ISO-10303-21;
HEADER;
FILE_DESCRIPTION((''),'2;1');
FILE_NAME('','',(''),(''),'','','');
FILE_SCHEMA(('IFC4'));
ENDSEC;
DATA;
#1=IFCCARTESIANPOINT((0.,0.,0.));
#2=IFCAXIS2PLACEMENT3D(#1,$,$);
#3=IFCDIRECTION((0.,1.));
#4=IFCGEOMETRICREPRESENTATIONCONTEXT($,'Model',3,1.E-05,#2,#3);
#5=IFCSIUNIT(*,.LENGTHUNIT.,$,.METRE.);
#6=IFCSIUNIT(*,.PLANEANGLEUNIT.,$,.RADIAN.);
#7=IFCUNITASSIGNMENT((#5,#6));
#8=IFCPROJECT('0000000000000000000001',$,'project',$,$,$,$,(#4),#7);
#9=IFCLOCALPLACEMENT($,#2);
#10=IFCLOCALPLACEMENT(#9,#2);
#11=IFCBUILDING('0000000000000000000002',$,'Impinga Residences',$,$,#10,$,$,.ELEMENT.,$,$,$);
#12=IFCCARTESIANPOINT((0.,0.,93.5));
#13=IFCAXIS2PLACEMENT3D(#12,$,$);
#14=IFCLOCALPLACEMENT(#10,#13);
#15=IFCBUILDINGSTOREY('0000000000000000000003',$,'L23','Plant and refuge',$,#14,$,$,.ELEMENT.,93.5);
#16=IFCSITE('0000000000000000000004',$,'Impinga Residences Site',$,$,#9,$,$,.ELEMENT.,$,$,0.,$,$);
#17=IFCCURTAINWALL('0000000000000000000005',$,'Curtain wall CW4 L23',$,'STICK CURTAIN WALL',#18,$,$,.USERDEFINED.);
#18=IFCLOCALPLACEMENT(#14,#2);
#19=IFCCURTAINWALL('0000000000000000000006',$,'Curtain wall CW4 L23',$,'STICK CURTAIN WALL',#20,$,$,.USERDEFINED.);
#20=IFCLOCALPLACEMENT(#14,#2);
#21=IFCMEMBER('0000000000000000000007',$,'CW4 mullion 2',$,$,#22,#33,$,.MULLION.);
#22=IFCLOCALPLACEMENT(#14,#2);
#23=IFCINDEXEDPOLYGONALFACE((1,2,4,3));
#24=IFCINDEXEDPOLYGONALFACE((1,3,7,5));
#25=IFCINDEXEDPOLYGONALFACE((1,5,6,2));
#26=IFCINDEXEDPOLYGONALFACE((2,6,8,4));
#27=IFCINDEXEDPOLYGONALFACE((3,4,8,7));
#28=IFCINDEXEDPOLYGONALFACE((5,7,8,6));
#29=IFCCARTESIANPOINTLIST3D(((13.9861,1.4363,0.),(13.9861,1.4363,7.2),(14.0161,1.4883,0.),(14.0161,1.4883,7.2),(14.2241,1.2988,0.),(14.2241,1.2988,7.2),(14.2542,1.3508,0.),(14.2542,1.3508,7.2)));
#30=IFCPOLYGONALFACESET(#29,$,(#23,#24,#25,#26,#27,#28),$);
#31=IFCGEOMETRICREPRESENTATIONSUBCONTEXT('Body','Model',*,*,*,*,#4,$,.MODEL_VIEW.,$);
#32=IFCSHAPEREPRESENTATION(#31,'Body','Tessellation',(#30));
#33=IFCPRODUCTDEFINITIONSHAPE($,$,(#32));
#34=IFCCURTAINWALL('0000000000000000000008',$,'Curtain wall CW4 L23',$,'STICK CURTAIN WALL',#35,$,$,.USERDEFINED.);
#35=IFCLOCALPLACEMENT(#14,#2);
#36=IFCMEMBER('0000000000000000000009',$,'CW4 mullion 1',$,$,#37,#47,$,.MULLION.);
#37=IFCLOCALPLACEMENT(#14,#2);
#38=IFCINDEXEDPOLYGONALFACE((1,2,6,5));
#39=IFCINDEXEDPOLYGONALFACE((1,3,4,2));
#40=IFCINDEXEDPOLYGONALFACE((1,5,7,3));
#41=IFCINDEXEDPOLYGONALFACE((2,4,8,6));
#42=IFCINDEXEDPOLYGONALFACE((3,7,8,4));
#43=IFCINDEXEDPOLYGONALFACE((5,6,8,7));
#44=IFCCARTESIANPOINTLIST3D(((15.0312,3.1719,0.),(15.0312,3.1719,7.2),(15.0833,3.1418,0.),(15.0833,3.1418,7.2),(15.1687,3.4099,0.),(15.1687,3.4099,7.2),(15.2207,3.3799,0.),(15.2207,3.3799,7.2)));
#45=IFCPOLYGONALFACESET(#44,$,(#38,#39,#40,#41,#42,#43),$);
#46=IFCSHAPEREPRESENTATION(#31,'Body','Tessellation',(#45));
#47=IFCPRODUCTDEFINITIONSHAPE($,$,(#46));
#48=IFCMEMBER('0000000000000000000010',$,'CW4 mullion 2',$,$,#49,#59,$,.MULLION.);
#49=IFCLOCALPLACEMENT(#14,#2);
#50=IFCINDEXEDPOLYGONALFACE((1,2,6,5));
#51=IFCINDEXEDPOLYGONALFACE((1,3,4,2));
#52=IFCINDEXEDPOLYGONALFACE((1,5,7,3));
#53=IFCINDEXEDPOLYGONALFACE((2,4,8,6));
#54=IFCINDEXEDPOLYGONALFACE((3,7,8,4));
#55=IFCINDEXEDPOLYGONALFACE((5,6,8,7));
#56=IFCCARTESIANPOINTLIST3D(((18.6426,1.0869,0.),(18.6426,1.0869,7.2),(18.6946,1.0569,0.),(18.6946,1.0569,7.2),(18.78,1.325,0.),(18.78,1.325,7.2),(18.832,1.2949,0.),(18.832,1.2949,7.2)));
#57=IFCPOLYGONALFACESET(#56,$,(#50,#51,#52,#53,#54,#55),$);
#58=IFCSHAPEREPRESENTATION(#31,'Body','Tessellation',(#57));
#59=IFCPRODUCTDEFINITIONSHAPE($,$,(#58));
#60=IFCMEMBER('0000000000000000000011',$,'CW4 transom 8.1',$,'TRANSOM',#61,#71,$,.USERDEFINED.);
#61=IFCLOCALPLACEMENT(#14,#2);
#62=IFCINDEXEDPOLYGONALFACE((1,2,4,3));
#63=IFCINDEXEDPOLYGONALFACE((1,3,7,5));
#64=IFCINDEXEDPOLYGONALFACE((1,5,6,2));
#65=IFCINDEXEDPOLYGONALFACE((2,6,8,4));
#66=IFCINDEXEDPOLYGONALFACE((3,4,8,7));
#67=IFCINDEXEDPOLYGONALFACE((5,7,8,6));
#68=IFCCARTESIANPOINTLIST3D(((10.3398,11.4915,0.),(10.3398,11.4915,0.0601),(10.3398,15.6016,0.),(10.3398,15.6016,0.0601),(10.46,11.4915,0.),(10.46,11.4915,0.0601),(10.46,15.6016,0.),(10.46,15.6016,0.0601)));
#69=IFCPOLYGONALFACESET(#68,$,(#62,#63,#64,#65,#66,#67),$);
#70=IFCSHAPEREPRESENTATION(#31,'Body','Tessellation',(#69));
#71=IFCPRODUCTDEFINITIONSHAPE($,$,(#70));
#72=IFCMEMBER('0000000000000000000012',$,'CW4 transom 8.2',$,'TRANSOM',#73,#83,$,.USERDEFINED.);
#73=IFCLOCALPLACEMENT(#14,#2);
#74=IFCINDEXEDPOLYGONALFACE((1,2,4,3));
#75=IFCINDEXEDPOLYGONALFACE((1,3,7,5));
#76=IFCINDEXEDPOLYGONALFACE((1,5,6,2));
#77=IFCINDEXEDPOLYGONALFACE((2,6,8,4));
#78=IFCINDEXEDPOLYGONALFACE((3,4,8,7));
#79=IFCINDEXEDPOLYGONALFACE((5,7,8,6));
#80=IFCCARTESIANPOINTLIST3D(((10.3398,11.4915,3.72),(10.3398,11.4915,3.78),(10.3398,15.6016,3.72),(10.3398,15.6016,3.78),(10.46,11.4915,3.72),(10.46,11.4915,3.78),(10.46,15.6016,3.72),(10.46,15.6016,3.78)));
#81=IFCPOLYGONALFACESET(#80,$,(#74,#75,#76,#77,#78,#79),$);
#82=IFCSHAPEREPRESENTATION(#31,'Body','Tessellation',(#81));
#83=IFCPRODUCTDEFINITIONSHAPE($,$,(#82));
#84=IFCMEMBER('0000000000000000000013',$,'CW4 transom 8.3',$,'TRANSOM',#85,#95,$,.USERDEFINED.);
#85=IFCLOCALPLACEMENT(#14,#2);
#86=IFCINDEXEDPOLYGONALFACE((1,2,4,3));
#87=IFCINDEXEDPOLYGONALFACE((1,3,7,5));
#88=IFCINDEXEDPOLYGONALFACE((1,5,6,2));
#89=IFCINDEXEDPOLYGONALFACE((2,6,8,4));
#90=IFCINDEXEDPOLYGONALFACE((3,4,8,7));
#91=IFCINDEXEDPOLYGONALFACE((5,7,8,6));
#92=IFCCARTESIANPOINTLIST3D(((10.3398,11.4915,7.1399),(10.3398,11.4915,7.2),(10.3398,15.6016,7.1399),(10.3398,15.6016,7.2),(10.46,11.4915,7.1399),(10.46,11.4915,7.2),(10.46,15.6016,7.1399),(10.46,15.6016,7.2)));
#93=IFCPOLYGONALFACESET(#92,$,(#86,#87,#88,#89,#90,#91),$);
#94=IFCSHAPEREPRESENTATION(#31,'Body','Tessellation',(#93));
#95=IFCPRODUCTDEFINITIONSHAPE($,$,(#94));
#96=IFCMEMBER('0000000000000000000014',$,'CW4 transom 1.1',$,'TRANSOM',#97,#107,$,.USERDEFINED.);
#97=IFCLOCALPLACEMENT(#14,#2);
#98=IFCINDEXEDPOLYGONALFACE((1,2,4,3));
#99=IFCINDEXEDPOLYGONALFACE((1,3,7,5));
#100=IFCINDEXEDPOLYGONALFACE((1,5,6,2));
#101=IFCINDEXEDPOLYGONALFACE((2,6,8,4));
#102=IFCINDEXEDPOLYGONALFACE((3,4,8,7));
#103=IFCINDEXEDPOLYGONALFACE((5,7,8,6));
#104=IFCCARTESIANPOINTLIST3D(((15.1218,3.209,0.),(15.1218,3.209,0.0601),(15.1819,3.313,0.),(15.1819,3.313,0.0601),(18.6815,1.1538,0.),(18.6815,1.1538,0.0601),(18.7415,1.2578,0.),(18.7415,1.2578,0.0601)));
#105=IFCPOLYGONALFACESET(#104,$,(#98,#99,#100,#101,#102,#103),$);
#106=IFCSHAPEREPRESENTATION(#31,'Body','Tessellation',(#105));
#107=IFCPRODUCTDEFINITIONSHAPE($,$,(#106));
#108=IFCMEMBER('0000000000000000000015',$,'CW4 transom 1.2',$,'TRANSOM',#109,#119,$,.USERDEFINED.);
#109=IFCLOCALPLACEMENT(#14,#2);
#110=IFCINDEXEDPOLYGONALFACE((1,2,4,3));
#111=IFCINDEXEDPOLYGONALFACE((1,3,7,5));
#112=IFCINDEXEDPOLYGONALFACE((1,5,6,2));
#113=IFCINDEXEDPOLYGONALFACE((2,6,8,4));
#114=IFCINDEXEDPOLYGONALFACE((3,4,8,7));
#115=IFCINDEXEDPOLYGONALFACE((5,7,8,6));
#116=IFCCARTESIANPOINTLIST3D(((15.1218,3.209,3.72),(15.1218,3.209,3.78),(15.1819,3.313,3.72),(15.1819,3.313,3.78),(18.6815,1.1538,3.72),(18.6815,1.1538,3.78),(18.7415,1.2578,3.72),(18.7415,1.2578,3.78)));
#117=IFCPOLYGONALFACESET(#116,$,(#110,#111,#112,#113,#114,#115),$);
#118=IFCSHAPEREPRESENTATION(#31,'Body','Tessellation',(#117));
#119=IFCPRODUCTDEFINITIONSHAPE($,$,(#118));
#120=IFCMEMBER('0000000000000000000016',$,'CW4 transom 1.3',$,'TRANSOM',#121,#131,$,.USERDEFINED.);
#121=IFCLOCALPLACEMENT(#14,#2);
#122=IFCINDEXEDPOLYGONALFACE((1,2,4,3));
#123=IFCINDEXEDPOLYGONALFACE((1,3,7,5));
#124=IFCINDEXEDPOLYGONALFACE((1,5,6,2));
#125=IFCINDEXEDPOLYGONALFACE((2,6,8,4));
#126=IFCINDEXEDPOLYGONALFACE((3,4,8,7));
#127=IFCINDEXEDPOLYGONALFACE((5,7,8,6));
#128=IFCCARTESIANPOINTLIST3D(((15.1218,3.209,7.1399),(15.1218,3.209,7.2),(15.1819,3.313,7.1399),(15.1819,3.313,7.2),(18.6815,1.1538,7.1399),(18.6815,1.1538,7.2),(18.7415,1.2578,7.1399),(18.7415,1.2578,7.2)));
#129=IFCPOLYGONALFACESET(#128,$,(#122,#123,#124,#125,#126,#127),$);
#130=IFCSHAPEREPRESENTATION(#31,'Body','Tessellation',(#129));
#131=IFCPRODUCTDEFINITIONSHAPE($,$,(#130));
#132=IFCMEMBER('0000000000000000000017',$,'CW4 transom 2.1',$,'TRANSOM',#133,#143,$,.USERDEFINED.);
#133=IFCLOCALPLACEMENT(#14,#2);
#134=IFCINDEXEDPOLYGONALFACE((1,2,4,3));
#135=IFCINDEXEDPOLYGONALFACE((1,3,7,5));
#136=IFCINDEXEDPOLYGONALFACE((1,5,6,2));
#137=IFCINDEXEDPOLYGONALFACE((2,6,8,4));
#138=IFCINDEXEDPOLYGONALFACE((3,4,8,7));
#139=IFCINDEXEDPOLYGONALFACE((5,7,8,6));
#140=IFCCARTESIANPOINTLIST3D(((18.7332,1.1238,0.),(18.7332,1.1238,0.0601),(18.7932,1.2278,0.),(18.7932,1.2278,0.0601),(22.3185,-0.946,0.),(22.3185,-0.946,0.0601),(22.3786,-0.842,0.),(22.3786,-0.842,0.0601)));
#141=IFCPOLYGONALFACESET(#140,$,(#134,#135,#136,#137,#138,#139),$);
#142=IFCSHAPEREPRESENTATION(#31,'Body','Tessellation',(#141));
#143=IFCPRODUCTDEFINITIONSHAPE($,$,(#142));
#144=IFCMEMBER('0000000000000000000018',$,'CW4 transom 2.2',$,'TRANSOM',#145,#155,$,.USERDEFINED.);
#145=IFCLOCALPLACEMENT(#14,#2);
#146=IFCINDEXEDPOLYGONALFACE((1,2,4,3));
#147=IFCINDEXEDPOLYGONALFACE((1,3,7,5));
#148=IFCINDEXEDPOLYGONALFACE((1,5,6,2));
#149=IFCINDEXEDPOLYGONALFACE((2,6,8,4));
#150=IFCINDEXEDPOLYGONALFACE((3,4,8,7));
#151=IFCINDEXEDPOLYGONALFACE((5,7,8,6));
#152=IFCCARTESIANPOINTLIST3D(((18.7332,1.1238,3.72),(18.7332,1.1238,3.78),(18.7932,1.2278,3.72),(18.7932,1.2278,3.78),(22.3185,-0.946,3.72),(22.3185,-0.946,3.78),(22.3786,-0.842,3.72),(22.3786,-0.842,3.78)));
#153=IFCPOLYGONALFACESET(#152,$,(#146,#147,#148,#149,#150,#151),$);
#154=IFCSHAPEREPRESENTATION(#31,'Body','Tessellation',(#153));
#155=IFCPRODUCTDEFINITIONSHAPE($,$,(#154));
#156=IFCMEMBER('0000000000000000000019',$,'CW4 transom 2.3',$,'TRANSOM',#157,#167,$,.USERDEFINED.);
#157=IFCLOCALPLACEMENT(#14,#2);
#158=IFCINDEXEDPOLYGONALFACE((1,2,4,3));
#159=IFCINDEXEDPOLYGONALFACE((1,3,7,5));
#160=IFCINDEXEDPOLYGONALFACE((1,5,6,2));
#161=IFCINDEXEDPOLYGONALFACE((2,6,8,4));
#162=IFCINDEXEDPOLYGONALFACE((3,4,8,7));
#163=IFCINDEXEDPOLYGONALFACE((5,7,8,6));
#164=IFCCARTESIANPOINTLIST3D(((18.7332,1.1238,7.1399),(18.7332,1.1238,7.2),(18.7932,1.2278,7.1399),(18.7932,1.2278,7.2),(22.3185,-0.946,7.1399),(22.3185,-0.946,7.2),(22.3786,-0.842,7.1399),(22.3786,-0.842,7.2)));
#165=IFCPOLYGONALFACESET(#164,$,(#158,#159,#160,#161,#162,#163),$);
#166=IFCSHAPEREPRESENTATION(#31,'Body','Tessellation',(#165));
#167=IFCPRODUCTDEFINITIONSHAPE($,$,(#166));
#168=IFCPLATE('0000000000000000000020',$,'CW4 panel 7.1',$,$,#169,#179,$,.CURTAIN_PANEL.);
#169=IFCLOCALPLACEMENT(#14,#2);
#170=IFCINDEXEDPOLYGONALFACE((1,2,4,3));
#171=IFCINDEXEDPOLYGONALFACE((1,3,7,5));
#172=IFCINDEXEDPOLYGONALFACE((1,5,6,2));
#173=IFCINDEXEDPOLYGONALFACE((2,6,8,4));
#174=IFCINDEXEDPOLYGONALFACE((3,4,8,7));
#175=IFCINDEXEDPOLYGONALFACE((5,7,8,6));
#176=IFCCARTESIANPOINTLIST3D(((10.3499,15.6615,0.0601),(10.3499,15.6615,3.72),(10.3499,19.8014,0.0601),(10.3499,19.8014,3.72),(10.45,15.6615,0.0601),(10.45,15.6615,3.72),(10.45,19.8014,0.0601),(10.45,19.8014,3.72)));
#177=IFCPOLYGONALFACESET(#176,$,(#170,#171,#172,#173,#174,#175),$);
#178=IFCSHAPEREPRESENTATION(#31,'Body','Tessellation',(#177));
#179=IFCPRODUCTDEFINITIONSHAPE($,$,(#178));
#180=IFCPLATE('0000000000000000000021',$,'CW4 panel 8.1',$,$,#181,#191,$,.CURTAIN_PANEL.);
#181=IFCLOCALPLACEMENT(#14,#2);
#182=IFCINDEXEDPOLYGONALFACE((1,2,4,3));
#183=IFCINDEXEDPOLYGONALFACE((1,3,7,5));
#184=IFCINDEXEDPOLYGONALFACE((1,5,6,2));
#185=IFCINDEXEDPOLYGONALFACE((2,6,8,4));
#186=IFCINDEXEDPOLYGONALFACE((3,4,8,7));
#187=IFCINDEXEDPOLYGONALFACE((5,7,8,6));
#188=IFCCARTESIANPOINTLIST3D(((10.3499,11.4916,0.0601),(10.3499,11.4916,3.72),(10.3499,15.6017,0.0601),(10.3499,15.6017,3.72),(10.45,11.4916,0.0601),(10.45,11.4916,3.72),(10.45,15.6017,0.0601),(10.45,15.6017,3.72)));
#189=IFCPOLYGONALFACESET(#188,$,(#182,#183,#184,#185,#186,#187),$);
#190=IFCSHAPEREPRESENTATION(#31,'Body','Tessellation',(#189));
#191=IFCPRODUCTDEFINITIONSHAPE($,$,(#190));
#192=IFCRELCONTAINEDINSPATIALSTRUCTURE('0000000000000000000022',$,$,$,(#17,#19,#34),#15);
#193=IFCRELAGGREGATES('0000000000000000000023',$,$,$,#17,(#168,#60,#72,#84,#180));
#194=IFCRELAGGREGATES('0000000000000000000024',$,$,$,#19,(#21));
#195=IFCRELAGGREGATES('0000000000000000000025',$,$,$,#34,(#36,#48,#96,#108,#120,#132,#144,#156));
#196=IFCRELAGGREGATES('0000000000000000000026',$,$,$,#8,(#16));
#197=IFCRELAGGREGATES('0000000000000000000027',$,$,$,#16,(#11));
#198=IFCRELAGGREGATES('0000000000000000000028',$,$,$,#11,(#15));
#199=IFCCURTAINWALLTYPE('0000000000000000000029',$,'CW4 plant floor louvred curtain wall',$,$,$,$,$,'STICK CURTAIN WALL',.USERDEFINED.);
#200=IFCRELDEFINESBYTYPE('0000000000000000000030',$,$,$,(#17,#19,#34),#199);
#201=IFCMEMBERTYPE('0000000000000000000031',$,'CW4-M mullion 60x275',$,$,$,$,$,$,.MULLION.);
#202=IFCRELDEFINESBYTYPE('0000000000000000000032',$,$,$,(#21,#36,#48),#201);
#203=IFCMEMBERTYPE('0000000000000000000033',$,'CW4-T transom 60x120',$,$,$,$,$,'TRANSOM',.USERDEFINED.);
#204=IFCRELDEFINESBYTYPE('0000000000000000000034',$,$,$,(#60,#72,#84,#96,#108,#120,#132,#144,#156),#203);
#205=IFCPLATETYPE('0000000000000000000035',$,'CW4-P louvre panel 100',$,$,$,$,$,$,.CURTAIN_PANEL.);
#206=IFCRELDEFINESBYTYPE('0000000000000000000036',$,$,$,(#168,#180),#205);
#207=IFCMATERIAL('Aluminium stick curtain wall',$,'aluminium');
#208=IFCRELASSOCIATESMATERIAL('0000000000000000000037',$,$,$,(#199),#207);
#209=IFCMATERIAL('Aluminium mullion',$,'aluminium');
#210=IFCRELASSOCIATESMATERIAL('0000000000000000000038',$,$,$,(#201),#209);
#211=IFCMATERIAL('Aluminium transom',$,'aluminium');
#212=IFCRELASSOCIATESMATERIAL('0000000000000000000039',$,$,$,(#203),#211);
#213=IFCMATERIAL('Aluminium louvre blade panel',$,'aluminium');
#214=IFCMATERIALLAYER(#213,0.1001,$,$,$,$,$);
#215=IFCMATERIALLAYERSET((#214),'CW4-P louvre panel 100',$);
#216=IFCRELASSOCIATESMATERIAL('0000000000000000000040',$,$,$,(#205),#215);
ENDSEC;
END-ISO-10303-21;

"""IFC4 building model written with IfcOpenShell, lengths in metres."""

from ifc_helpers import new_model, si_unit, direction, frame, origin, origin_2d, place, context, subcontext, project, spatial, rectangle, extrude, material, layer, layer_set, material_profile, profile_set, type_object, element, aggregate, save


model = new_model("IFC4")

# Units and contexts
model_context = context("Model", 3, precision=1e-05, world=origin(), true_north=direction((0.0, 1.0)))
body_context = subcontext(model_context, "Body", "Model", "MODEL_VIEW")
ifc_project = project(units=[si_unit("LENGTHUNIT", "METRE"), si_unit("PLANEANGLEUNIT", "RADIAN")], contexts=[model_context])

# Site, building, storey
site_placement = place(None, origin())
site = spatial("IfcSite", under=ifc_project, at=site_placement, Name="Impinga Residences Site", CompositionType="ELEMENT", RefElevation=0.0)
building_placement = place(site_placement, origin())
building = spatial("IfcBuilding", under=site, at=building_placement, Name="Impinga Residences", CompositionType="ELEMENT")
storey_placement = place(building_placement, frame((0.0, 0.0, 93.5)))
storey = spatial("IfcBuildingStorey", under=building, at=storey_placement, Name="L23", Description="Plant and refuge", CompositionType="ELEMENT", Elevation=93.5)

# Curtain walls, member
ifc_material_1 = material(Name="Aluminium stick curtain wall", Category="aluminium")
curtain_wall_type = type_object("IfcCurtainWallType", Name="CW4 plant floor louvred curtain wall", ElementType="STICK CURTAIN WALL", PredefinedType="USERDEFINED", material=ifc_material_1)
curtain_wall_1_placement = place(storey_placement, origin())
curtain_wall_1 = element("IfcCurtainWall", 1, at=curtain_wall_1_placement, inside=storey, type_object=curtain_wall_type, Name="Curtain wall CW4 L23", ObjectType="STICK CURTAIN WALL", PredefinedType="USERDEFINED")
ifc_material_2 = material(Name="Aluminium mullion", Category="aluminium")
ifc_material_profile_1 = material_profile(ifc_material_2, rectangle(XDim=0.0601, YDim=0.2749, at=origin_2d()), Name="60x275 mullion")
ifc_profile_set_1 = profile_set([ifc_material_profile_1], Name="Aluminium mullion")
member_type_1 = type_object("IfcMemberType", Name="CW4-M mullion 60x275", PredefinedType="MULLION", material=ifc_profile_set_1)
curtain_wall_2_placement = place(storey_placement, origin())
curtain_wall_2 = element("IfcCurtainWall", 2, at=curtain_wall_2_placement, inside=storey, type_object=curtain_wall_type, Name="Curtain wall CW4 L23", ObjectType="STICK CURTAIN WALL", PredefinedType="USERDEFINED")
member_1_placement = place(storey_placement, frame((14.1201, 1.3936, 0.0), z_axis=(0.0, 0.0, 1.0), x_axis=(0.5, 0.866025, 0.0)))
member_1 = element("IfcMember", 3, at=member_1_placement, type_object=member_type_1, Name="CW4 mullion 2", PredefinedType="MULLION", context=body_context, shape_type="SweptSolid", body=[
    extrude(rectangle(XDim=0.0601, YDim=0.2749, at=origin_2d()), origin(), (0.0, 0.0, 1.0), 7.2),
])

# Curtain wall, members
curtain_wall_3_placement = place(storey_placement, origin())
curtain_wall_3 = element("IfcCurtainWall", 4, at=curtain_wall_3_placement, inside=storey, type_object=curtain_wall_type, Name="Curtain wall CW4 L23", ObjectType="STICK CURTAIN WALL", PredefinedType="USERDEFINED")
member_2_placement = place(storey_placement, frame((15.126, 3.2759, 0.0), z_axis=(0.0, 0.0, 1.0), x_axis=(0.866025, -0.5, 0.0)))
member_2 = element("IfcMember", 5, at=member_2_placement, type_object=member_type_1, Name="CW4 mullion 1", PredefinedType="MULLION", context=body_context, shape_type="SweptSolid", body=[
    extrude(rectangle(XDim=0.0601, YDim=0.2749, at=origin_2d()), origin(), (0.0, 0.0, 1.0), 7.2),
])
member_3_placement = place(storey_placement, frame((18.7373, 1.1909, 0.0), z_axis=(0.0, 0.0, 1.0), x_axis=(0.866025, -0.5, 0.0)))
member_3 = element("IfcMember", 6, at=member_3_placement, type_object=member_type_1, Name="CW4 mullion 2", PredefinedType="MULLION", context=body_context, shape_type="SweptSolid", body=[
    extrude(rectangle(XDim=0.0601, YDim=0.2749, at=origin_2d()), origin(), (0.0, 0.0, 1.0), 7.2),
])

# Members
ifc_material_3 = material(Name="Aluminium transom", Category="aluminium")
ifc_material_profile_2 = material_profile(ifc_material_3, rectangle(XDim=0.0601, YDim=0.1201, at=origin_2d()), Name="60x120 transom")
ifc_profile_set_2 = profile_set([ifc_material_profile_2], Name="Aluminium transom")
member_type_2 = type_object("IfcMemberType", Name="CW4-T transom 60x120", ElementType="TRANSOM", PredefinedType="USERDEFINED", material=ifc_profile_set_2)
member_4_placement = place(storey_placement, frame((10.3999, 15.6016, 0.03), z_axis=(0.0, -1.0, 0.0), x_axis=(0.0, 0.0, 1.0)))
member_4 = element("IfcMember", 7, at=member_4_placement, type_object=member_type_2, Name="CW4 transom 8.1", ObjectType="TRANSOM", PredefinedType="USERDEFINED", context=body_context, shape_type="SweptSolid", body=[
    extrude(rectangle(XDim=0.0601, YDim=0.1201, at=origin_2d()), origin(), (0.0, 0.0, 1.0), 4.1101),
])
member_5_placement = place(storey_placement, frame((10.3999, 15.6016, 3.75), z_axis=(0.0, -1.0, 0.0), x_axis=(0.0, 0.0, 1.0)))
member_5 = element("IfcMember", 8, at=member_5_placement, type_object=member_type_2, Name="CW4 transom 8.2", ObjectType="TRANSOM", PredefinedType="USERDEFINED", context=body_context, shape_type="SweptSolid", body=[
    extrude(rectangle(XDim=0.0601, YDim=0.1201, at=origin_2d()), origin(), (0.0, 0.0, 1.0), 4.1101),
])
member_6_placement = place(storey_placement, frame((10.3999, 15.6016, 7.1699), z_axis=(0.0, -1.0, 0.0), x_axis=(0.0, 0.0, 1.0)))
member_6 = element("IfcMember", 9, at=member_6_placement, type_object=member_type_2, Name="CW4 transom 8.3", ObjectType="TRANSOM", PredefinedType="USERDEFINED", context=body_context, shape_type="SweptSolid", body=[
    extrude(rectangle(XDim=0.0601, YDim=0.1201, at=origin_2d()), origin(), (0.0, 0.0, 1.0), 4.1101),
])
member_7_placement = place(storey_placement, frame((15.1519, 3.261, 0.03), z_axis=(0.866019, -0.50001, 0.0), x_axis=(0.0, 0.0, 1.0)))
member_7 = element("IfcMember", 10, at=member_7_placement, type_object=member_type_2, Name="CW4 transom 1.1", ObjectType="TRANSOM", PredefinedType="USERDEFINED", context=body_context, shape_type="SweptSolid", body=[
    extrude(rectangle(XDim=0.0601, YDim=0.1201, at=origin_2d()), origin(), (0.0, 0.0, 1.0), 4.1104),
])
member_8_placement = place(storey_placement, frame((15.1519, 3.261, 3.75), z_axis=(0.866019, -0.50001, 0.0), x_axis=(0.0, 0.0, 1.0)))
member_8 = element("IfcMember", 11, at=member_8_placement, type_object=member_type_2, Name="CW4 transom 1.2", ObjectType="TRANSOM", PredefinedType="USERDEFINED", context=body_context, shape_type="SweptSolid", body=[
    extrude(rectangle(XDim=0.0601, YDim=0.1201, at=origin_2d()), origin(), (0.0, 0.0, 1.0), 4.1104),
])
member_9_placement = place(storey_placement, frame((15.1519, 3.261, 7.1699), z_axis=(0.866019, -0.50001, 0.0), x_axis=(0.0, 0.0, 1.0)))
member_9 = element("IfcMember", 12, at=member_9_placement, type_object=member_type_2, Name="CW4 transom 1.3", ObjectType="TRANSOM", PredefinedType="USERDEFINED", context=body_context, shape_type="SweptSolid", body=[
    extrude(rectangle(XDim=0.0601, YDim=0.1201, at=origin_2d()), origin(), (0.0, 0.0, 1.0), 4.1104),
])
member_10_placement = place(storey_placement, frame((18.7632, 1.1758, 0.03), z_axis=(0.86605, -0.499957, 0.0), x_axis=(0.0, 0.0, 1.0)))
member_10 = element("IfcMember", 13, at=member_10_placement, type_object=member_type_2, Name="CW4 transom 2.1", ObjectType="TRANSOM", PredefinedType="USERDEFINED", context=body_context, shape_type="SweptSolid", body=[
    extrude(rectangle(XDim=0.0601, YDim=0.1201, at=origin_2d()), origin(), (0.0, 0.0, 1.0), 4.1399),
])
member_11_placement = place(storey_placement, frame((18.7632, 1.1758, 3.75), z_axis=(0.86605, -0.499957, 0.0), x_axis=(0.0, 0.0, 1.0)))
member_11 = element("IfcMember", 14, at=member_11_placement, type_object=member_type_2, Name="CW4 transom 2.2", ObjectType="TRANSOM", PredefinedType="USERDEFINED", context=body_context, shape_type="SweptSolid", body=[
    extrude(rectangle(XDim=0.0601, YDim=0.1201, at=origin_2d()), origin(), (0.0, 0.0, 1.0), 4.1399),
])
member_12_placement = place(storey_placement, frame((18.7632, 1.1758, 7.1699), z_axis=(0.86605, -0.499957, 0.0), x_axis=(0.0, 0.0, 1.0)))
member_12 = element("IfcMember", 15, at=member_12_placement, type_object=member_type_2, Name="CW4 transom 2.3", ObjectType="TRANSOM", PredefinedType="USERDEFINED", context=body_context, shape_type="SweptSolid", body=[
    extrude(rectangle(XDim=0.0601, YDim=0.1201, at=origin_2d()), origin(), (0.0, 0.0, 1.0), 4.1399),
])

# Plates
ifc_material_4 = material(Name="Aluminium louvre blade panel", Category="aluminium")
ifc_layer_1 = layer(ifc_material_4, 0.1001)
ifc_layer_set_1 = layer_set([ifc_layer_1], Name="CW4-P louvre panel 100")
plate_type = type_object("IfcPlateType", Name="CW4-P louvre panel 100", PredefinedType="CURTAIN_PANEL", material=ifc_layer_set_1)
plate_1_placement = place(storey_placement, frame((10.3999, 17.7314, 0.0601), z_axis=(0.0, 0.0, 1.0), x_axis=(0.0, -1.0, 0.0)))
plate_1 = element("IfcPlate", 16, at=plate_1_placement, type_object=plate_type, Name="CW4 panel 7.1", PredefinedType="CURTAIN_PANEL", context=body_context, shape_type="SweptSolid", body=[
    extrude(rectangle(XDim=4.1399, YDim=0.1001, at=origin_2d()), origin(), (0.0, 0.0, 1.0), 3.6599),
])
plate_2_placement = place(storey_placement, frame((10.3999, 13.5466, 0.0601), z_axis=(0.0, 0.0, 1.0), x_axis=(0.0, -1.0, 0.0)))
plate_2 = element("IfcPlate", 17, at=plate_2_placement, type_object=plate_type, Name="CW4 panel 8.1", PredefinedType="CURTAIN_PANEL", context=body_context, shape_type="SweptSolid", body=[
    extrude(rectangle(XDim=4.1101, YDim=0.1001, at=origin_2d()), origin(), (0.0, 0.0, 1.0), 3.6599),
])
aggregate(curtain_wall_1, [plate_1, member_4, member_5, member_6, plate_2])
aggregate(curtain_wall_2, [member_1])
aggregate(curtain_wall_3, [member_2, member_3, member_7, member_8, member_9, member_10, member_11, member_12])

save(model, "model.ifc")
